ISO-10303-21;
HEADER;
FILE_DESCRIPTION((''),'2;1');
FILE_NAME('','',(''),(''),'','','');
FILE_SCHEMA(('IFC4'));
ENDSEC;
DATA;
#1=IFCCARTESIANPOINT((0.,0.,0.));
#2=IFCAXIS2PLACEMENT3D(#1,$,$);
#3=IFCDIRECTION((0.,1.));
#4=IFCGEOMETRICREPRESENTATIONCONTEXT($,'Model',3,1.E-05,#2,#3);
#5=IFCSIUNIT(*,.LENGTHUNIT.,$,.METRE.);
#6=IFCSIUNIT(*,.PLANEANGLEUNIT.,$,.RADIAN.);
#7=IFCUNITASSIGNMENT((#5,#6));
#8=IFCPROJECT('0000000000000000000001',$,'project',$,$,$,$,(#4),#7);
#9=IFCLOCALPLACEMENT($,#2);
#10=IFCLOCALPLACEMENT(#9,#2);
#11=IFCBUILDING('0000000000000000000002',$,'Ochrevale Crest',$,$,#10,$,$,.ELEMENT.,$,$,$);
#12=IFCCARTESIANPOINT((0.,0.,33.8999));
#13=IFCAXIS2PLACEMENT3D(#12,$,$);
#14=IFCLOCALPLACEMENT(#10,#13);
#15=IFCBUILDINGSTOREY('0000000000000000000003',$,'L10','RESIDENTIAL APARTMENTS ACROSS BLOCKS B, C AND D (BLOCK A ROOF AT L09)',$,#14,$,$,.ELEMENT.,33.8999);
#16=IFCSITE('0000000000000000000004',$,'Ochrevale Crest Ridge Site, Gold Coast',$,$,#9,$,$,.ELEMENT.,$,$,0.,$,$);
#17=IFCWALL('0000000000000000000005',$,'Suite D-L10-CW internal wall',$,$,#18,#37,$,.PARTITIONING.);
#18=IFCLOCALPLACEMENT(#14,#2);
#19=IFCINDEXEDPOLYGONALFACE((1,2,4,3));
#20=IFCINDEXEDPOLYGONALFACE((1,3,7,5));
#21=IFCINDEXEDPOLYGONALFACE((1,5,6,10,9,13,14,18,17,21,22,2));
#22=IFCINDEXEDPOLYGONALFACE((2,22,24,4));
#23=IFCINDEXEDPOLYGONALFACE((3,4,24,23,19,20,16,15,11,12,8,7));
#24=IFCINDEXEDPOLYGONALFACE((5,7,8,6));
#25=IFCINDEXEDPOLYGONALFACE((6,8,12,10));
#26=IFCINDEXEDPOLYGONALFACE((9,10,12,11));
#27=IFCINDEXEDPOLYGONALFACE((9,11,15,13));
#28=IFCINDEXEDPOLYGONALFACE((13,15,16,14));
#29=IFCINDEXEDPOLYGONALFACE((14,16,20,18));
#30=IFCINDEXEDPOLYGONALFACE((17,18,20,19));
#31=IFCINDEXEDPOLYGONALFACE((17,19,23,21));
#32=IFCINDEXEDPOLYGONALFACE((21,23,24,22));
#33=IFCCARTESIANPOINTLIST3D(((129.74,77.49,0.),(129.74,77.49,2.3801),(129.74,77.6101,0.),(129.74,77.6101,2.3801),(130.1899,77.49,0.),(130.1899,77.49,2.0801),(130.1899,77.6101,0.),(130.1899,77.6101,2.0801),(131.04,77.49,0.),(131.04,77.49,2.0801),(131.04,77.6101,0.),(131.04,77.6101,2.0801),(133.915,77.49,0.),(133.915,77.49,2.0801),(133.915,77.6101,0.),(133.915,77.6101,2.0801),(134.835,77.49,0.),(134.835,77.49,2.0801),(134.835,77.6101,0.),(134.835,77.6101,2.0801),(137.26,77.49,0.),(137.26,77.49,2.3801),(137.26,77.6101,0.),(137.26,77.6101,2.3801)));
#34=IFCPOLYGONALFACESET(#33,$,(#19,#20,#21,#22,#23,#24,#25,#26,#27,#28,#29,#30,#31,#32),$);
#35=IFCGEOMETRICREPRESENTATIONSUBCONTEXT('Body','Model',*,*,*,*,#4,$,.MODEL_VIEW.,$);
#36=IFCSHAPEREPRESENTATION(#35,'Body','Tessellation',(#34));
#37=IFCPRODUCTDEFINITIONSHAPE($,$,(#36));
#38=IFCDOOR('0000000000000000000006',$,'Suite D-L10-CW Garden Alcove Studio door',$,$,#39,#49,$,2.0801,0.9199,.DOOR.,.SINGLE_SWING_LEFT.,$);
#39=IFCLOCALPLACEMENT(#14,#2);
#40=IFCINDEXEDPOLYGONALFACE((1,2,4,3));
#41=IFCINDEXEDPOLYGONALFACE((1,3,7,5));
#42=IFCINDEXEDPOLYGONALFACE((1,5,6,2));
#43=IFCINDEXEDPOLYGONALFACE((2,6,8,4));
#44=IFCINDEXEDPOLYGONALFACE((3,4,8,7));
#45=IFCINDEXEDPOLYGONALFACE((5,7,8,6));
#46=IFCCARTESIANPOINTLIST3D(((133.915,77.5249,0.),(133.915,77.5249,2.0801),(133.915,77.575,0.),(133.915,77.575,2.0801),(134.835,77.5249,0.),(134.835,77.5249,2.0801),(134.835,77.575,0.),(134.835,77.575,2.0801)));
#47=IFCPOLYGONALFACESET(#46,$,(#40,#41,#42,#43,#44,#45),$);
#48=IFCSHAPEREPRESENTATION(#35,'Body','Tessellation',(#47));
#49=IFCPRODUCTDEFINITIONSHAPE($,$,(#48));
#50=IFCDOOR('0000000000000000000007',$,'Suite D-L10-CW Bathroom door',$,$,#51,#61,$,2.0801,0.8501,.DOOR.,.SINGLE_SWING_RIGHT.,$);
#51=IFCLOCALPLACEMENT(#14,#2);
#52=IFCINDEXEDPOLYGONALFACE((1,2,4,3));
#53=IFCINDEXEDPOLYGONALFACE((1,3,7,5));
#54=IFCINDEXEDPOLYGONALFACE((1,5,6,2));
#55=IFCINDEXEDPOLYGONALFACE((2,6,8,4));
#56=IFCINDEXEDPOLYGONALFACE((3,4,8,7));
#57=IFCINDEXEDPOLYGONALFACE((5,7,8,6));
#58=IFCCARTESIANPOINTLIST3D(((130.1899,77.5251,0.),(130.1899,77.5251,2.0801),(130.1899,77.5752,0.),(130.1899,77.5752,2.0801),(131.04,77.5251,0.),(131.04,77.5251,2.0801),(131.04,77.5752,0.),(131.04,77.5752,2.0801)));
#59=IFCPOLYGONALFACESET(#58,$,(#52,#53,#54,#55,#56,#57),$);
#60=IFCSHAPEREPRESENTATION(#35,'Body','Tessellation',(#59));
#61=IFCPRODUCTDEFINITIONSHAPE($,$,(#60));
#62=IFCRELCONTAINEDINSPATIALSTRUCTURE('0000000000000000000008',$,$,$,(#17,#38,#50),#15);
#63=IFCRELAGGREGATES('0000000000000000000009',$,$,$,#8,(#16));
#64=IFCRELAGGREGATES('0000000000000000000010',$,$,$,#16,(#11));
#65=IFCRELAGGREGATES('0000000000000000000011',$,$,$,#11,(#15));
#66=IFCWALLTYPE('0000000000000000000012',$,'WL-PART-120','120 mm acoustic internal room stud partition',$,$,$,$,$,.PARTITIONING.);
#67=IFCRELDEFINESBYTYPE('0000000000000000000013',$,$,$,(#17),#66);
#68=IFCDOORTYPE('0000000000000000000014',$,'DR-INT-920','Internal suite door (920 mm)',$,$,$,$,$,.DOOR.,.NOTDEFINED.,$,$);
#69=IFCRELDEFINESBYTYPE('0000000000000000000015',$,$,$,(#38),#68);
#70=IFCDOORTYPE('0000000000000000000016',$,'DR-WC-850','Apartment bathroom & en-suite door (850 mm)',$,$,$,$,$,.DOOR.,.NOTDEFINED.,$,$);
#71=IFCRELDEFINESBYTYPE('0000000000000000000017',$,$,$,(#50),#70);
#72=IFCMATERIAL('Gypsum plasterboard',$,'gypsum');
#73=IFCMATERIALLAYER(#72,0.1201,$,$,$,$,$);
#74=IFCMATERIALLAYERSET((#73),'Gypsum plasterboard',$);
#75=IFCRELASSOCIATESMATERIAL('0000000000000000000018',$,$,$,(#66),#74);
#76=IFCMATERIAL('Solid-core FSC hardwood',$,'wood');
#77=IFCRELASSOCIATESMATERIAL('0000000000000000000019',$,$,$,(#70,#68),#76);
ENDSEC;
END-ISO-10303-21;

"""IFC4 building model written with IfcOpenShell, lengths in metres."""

from ifc_helpers import new_model, si_unit, direction, frame, frame_2d, origin, place, context, subcontext, project, spatial, rectangle, extrude, material, layer, layer_set, type_object, element, fill, save


model = new_model("IFC4")

# Units and contexts
model_context = context("Model", 3, precision=1e-05, world=origin(), true_north=direction((0.0, 1.0)))
body_context = subcontext(model_context, "Body", "Model", "MODEL_VIEW")
ifc_project = project(units=[si_unit("LENGTHUNIT", "METRE"), si_unit("PLANEANGLEUNIT", "RADIAN")], contexts=[model_context])

# Site, building, storey
site_placement = place(None, origin())
site = spatial("IfcSite", under=ifc_project, at=site_placement, Name="Ochrevale Crest Ridge Site, Gold Coast", CompositionType="ELEMENT", RefElevation=0.0)
building_placement = place(site_placement, origin())
building = spatial("IfcBuilding", under=site, at=building_placement, Name="Ochrevale Crest", CompositionType="ELEMENT")
storey_placement = place(building_placement, frame((0.0, 0.0, 33.8999)))
storey = spatial("IfcBuildingStorey", under=building, at=storey_placement, Name="L10", Description="RESIDENTIAL APARTMENTS ACROSS BLOCKS B, C AND D (BLOCK A ROOF AT L09)", CompositionType="ELEMENT", Elevation=33.8999)

# Shared definitions
ifc_material_1 = material(Name="Gypsum plasterboard", Category="gypsum")
ifc_material_2 = material(Name="Solid-core FSC hardwood", Category="wood")

# Wall, openings, doors
ifc_layer_1 = layer(ifc_material_1, 0.1201)
ifc_layer_set_1 = layer_set([ifc_layer_1], Name="Gypsum plasterboard")
wall_type_1 = type_object("IfcWallType", Name="WL-PART-120", Description="120 mm acoustic internal room stud partition", PredefinedType="PARTITIONING", material=ifc_layer_set_1)
door_type_1 = type_object("IfcDoorType", Name="DR-WC-850", Description="Apartment bathroom & en-suite door (850 mm)", OperationType="NOTDEFINED", PredefinedType="DOOR", material=ifc_material_2)
wall_1_placement = place(storey_placement, frame((129.74, 77.55, 0.0), z_axis=(0.0, 0.0, 1.0), x_axis=(1.0, 0.0, 0.0)))
wall_1 = element("IfcWall", 1, at=wall_1_placement, inside=storey, type_object=wall_type_1, Name="Suite D-L10-CW internal wall", PredefinedType="PARTITIONING", context=body_context, shape_type="SweptSolid", body=[
    extrude(rectangle(XDim=7.52, YDim=0.1201, at=frame_2d((3.76, 0.0))), origin(), (0.0, 0.0, 1.0), 2.3801),
])
opening_1_placement = place(wall_1_placement, frame((1.3, 0.0, 0.0), z_axis=(0.0, 0.0, 1.0), x_axis=(-1.0, 0.0, 0.0)))
opening_1 = element("IfcOpeningElement", 2, at=opening_1_placement, cuts=wall_1, PredefinedType="OPENING", context=body_context, shape_type="SweptSolid", body=[
    extrude(rectangle(XDim=0.8501, YDim=2.0801, at=frame_2d((0.425, 1.04))), frame((0.0, 0.0701, 0.0), z_axis=(0.0, -1.0, 0.0), x_axis=(1.0, 0.0, 0.0)), (0.0, 0.0, 1.0), 0.1401),
])
opening_2_placement = place(wall_1_placement, frame((4.175, 0.0, 0.0)))
opening_2 = element("IfcOpeningElement", 3, at=opening_2_placement, cuts=wall_1, PredefinedType="OPENING", context=body_context, shape_type="SweptSolid", body=[
    extrude(rectangle(XDim=0.9199, YDim=2.0801, at=frame_2d((0.46, 1.04))), frame((0.0, 0.0701, 0.0), z_axis=(0.0, -1.0, 0.0), x_axis=(1.0, 0.0, 0.0)), (0.0, 0.0, 1.0), 0.1401),
])
door_type_2 = type_object("IfcDoorType", Name="DR-INT-920", Description="Internal suite door (920 mm)", OperationType="NOTDEFINED", PredefinedType="DOOR", material=ifc_material_2)
door_1_placement = place(opening_2_placement, origin())
door_1 = element("IfcDoor", 4, at=door_1_placement, inside=storey, type_object=door_type_2, Name="Suite D-L10-CW Garden Alcove Studio door", OperationType="SINGLE_SWING_LEFT", OverallHeight=2.0801, OverallWidth=0.9199, PredefinedType="DOOR", context=body_context, shape_type="SweptSolid", body=[
    extrude(rectangle(XDim=0.9199, YDim=2.0801, at=frame_2d((0.46, 1.04))), frame((0.0, 0.0249, 0.0), z_axis=(0.0, -1.0, 0.0), x_axis=(1.0, 0.0, 0.0)), (0.0, 0.0, 1.0), 0.05),
])
fill(opening_2, door_1)
door_2_placement = place(opening_1_placement, origin())
door_2 = element("IfcDoor", 5, at=door_2_placement, inside=storey, type_object=door_type_1, Name="Suite D-L10-CW Bathroom door", OperationType="SINGLE_SWING_RIGHT", OverallHeight=2.0801, OverallWidth=0.8501, PredefinedType="DOOR", context=body_context, shape_type="SweptSolid", body=[
    extrude(rectangle(XDim=0.8501, YDim=2.0801, at=frame_2d((0.425, 1.04))), frame((0.0, 0.0249, 0.0), z_axis=(0.0, -1.0, 0.0), x_axis=(1.0, 0.0, 0.0)), (0.0, 0.0, 1.0), 0.05),
])
fill(opening_1, door_2)

save(model, "model.ifc")
